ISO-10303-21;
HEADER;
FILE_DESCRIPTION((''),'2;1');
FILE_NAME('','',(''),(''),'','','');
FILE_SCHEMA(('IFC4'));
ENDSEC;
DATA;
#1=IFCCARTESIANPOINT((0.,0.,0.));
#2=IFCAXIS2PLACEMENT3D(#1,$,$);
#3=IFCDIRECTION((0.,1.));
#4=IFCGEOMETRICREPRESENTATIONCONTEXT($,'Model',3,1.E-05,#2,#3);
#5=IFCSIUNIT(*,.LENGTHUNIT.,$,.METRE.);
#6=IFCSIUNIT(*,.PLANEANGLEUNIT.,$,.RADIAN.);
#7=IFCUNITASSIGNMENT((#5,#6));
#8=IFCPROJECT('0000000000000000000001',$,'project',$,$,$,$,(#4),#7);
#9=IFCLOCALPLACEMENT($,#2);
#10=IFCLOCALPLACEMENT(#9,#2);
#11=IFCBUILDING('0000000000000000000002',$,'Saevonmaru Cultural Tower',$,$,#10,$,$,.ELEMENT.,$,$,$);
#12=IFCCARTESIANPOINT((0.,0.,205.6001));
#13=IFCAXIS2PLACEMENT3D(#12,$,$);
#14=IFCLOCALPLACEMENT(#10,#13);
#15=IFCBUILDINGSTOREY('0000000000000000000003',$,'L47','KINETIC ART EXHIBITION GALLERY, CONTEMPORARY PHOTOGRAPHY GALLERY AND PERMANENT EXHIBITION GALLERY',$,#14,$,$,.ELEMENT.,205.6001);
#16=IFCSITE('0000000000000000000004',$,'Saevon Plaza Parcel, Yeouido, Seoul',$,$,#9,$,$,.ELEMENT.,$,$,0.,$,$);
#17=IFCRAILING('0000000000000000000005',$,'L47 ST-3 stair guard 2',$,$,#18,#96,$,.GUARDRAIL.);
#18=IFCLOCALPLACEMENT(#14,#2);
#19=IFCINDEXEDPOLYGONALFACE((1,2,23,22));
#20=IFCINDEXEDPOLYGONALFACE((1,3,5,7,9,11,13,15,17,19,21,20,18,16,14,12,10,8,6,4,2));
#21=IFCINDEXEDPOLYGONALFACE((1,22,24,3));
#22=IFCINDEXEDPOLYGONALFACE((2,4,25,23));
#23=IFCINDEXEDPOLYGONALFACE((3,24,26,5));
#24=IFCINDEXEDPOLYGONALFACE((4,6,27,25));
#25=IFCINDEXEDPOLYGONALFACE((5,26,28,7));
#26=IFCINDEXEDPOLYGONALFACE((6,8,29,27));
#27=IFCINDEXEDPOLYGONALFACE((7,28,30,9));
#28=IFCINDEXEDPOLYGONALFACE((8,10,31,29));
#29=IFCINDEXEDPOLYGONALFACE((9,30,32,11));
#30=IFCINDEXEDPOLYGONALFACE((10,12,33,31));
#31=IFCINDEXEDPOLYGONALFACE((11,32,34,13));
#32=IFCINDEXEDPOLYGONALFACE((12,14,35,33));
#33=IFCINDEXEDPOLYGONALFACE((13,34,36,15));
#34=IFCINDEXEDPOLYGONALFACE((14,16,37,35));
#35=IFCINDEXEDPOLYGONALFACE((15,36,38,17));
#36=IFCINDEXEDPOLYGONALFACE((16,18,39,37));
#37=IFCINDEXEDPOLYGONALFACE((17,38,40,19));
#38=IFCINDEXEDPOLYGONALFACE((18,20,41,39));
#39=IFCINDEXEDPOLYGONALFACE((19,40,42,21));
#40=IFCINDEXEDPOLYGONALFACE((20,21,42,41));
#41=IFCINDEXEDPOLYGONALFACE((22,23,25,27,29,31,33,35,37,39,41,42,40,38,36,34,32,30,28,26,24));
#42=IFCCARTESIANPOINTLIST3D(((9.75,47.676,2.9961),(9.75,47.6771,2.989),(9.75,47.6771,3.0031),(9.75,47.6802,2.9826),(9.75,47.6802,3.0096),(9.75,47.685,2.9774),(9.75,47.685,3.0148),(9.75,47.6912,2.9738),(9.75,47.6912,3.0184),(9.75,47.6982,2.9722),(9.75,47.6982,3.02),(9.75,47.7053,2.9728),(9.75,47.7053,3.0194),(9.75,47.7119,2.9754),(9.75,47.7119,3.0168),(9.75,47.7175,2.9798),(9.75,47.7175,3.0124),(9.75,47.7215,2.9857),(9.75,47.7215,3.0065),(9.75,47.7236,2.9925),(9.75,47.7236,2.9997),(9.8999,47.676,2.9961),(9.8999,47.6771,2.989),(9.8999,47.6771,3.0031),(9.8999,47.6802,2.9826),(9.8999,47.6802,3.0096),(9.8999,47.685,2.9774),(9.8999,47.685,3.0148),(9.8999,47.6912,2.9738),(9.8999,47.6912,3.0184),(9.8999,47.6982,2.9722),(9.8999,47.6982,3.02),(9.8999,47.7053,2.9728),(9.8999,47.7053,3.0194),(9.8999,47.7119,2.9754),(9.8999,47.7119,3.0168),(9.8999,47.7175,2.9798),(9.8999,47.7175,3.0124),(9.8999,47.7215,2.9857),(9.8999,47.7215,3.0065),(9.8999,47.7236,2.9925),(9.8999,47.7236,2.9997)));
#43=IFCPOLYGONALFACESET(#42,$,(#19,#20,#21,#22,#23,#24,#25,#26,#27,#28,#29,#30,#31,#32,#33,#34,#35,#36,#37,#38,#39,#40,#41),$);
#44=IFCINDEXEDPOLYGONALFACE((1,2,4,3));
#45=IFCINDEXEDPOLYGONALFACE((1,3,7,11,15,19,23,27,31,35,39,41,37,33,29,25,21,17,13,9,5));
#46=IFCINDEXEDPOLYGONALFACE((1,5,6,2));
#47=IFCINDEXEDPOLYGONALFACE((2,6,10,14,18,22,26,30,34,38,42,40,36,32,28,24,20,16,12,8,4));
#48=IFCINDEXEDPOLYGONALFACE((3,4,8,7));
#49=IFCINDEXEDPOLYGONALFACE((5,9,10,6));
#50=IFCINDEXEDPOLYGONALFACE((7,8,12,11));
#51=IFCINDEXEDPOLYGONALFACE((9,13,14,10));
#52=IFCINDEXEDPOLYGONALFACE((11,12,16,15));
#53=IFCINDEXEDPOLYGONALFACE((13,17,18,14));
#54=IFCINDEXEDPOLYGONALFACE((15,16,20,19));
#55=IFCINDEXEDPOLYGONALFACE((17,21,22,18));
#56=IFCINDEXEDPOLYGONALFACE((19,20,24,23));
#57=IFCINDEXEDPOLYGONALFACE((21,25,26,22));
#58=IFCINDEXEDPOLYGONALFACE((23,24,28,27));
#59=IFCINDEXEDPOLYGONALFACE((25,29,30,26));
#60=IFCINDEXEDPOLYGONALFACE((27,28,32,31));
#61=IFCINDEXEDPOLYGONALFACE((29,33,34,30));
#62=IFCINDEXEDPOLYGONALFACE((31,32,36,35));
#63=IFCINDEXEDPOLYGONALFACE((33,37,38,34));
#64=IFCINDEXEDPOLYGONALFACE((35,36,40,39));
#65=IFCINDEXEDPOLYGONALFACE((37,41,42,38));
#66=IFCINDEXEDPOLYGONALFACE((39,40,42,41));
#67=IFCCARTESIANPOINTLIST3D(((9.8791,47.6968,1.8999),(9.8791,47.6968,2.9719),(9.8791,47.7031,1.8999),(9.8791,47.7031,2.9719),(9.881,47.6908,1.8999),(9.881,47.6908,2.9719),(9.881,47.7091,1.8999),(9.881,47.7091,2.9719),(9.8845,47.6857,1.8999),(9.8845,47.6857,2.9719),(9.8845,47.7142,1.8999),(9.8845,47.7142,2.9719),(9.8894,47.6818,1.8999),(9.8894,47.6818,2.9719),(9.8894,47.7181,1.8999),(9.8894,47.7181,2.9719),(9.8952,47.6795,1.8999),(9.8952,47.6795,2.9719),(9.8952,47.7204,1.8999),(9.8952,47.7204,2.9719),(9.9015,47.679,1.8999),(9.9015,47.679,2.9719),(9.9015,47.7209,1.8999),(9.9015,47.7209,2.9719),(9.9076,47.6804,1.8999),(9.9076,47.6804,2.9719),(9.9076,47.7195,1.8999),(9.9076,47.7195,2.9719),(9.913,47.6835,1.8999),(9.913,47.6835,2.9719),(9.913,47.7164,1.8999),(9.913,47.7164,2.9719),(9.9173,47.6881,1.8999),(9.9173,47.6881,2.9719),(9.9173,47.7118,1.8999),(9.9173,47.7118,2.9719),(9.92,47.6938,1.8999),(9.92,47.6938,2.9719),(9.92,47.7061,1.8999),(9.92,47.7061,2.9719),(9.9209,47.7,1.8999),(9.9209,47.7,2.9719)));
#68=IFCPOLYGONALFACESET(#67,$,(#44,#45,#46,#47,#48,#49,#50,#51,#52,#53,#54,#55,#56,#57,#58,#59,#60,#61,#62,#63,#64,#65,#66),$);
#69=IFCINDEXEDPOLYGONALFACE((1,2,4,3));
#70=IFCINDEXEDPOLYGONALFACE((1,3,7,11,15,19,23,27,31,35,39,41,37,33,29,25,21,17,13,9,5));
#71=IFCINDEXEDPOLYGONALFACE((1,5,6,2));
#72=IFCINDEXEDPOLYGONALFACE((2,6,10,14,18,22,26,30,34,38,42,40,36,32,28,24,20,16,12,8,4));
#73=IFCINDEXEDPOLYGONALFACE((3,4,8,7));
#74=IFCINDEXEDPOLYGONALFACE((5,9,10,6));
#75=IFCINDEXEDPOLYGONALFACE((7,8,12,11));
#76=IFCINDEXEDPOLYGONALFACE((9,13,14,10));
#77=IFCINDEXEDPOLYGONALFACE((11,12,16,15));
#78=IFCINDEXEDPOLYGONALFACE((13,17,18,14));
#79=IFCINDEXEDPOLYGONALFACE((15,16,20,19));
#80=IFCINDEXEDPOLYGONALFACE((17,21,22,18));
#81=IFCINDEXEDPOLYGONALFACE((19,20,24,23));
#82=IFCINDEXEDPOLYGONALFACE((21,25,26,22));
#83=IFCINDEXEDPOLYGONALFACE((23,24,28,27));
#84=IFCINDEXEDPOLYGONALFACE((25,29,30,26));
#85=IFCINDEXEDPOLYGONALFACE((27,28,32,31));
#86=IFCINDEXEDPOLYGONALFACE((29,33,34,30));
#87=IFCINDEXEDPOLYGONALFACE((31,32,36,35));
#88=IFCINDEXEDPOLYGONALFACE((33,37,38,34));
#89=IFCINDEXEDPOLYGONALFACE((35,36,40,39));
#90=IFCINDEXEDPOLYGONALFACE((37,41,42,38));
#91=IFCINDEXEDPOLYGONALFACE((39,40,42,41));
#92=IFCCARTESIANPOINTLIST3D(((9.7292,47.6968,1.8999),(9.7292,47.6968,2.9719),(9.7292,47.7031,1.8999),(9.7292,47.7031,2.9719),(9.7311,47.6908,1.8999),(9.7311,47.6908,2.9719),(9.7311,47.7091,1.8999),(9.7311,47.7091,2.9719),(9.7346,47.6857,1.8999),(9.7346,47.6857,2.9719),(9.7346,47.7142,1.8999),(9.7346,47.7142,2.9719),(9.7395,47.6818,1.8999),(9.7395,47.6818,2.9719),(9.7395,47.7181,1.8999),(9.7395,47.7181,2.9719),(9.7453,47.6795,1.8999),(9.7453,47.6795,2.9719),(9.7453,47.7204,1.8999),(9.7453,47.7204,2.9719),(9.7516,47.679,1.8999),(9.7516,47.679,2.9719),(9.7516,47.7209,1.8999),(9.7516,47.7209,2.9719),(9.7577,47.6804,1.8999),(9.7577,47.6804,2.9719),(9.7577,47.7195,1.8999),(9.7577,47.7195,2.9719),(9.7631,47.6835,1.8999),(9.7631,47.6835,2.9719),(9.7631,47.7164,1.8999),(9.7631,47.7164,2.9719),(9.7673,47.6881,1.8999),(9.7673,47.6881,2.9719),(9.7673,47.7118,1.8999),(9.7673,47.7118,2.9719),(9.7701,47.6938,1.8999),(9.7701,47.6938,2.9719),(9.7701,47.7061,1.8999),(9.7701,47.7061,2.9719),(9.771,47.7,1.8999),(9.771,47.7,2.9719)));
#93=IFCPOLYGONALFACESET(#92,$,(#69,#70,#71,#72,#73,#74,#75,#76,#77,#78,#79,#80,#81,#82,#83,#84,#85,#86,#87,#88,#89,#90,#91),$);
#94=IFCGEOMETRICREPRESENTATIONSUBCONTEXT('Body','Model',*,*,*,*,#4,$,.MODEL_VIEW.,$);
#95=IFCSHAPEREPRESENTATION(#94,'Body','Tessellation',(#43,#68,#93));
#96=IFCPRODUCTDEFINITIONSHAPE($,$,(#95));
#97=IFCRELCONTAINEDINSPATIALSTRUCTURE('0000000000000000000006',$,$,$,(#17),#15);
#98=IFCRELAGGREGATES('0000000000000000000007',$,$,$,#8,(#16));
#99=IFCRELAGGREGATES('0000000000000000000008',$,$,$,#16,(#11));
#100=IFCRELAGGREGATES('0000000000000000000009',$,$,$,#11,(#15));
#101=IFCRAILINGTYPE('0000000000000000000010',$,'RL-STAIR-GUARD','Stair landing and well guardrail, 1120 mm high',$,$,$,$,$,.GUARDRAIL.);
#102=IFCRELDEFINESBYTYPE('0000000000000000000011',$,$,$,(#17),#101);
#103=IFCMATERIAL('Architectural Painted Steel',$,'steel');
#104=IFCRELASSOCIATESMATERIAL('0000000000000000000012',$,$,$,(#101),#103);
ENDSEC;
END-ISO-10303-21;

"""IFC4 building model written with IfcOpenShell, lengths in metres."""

from ifc_helpers import new_model, si_unit, direction, frame, origin, origin_2d, place, context, subcontext, project, spatial, circle, extrude, material, type_object, element, save


model = new_model("IFC4")

# Units and contexts
model_context = context("Model", 3, precision=1e-05, world=origin(), true_north=direction((0.0, 1.0)))
body_context = subcontext(model_context, "Body", "Model", "MODEL_VIEW")
ifc_project = project(units=[si_unit("LENGTHUNIT", "METRE"), si_unit("PLANEANGLEUNIT", "RADIAN")], contexts=[model_context])

# Site, building, storey
site_placement = place(None, origin())
site = spatial("IfcSite", under=ifc_project, at=site_placement, Name="Saevon Plaza Parcel, Yeouido, Seoul", CompositionType="ELEMENT", RefElevation=0.0)
building_placement = place(site_placement, origin())
building = spatial("IfcBuilding", under=site, at=building_placement, Name="Saevonmaru Cultural Tower", CompositionType="ELEMENT")
storey_placement = place(building_placement, frame((0.0, 0.0, 205.6001)))
storey = spatial("IfcBuildingStorey", under=building, at=storey_placement, Name="L47", Description="KINETIC ART EXHIBITION GALLERY, CONTEMPORARY PHOTOGRAPHY GALLERY AND PERMANENT EXHIBITION GALLERY", CompositionType="ELEMENT", Elevation=205.6001)

# Railing
ifc_material_1 = material(Name="Architectural Painted Steel", Category="steel")
railing_type_1 = type_object("IfcRailingType", Name="RL-STAIR-GUARD", Description="Stair landing and well guardrail, 1120 mm high", PredefinedType="GUARDRAIL", material=ifc_material_1)
railing_1_placement = place(storey_placement, frame((9.8999, 47.7, 1.8999)))
element("IfcRailing", 1, at=railing_1_placement, inside=storey, type_object=railing_type_1, Name="L47 ST-3 stair guard 2", PredefinedType="GUARDRAIL", context=body_context, shape_type="SweptSolid", body=[
    extrude(circle(Radius=0.0239, at=origin_2d()), frame((0.0, 0.0, 1.0962), z_axis=(-1.0, 0.0, 0.0), x_axis=(0.0, -1.0, 0.0)), (0.0, 0.0, 1.0), 0.1499),
    extrude(circle(Radius=0.021, at=origin_2d()), origin(), (0.0, 0.0, 1.0), 1.072),
    extrude(circle(Radius=0.021, at=origin_2d()), frame((-0.1499, 0.0, 0.0)), (0.0, 0.0, 1.0), 1.072),
])

save(model, "model.ifc")
